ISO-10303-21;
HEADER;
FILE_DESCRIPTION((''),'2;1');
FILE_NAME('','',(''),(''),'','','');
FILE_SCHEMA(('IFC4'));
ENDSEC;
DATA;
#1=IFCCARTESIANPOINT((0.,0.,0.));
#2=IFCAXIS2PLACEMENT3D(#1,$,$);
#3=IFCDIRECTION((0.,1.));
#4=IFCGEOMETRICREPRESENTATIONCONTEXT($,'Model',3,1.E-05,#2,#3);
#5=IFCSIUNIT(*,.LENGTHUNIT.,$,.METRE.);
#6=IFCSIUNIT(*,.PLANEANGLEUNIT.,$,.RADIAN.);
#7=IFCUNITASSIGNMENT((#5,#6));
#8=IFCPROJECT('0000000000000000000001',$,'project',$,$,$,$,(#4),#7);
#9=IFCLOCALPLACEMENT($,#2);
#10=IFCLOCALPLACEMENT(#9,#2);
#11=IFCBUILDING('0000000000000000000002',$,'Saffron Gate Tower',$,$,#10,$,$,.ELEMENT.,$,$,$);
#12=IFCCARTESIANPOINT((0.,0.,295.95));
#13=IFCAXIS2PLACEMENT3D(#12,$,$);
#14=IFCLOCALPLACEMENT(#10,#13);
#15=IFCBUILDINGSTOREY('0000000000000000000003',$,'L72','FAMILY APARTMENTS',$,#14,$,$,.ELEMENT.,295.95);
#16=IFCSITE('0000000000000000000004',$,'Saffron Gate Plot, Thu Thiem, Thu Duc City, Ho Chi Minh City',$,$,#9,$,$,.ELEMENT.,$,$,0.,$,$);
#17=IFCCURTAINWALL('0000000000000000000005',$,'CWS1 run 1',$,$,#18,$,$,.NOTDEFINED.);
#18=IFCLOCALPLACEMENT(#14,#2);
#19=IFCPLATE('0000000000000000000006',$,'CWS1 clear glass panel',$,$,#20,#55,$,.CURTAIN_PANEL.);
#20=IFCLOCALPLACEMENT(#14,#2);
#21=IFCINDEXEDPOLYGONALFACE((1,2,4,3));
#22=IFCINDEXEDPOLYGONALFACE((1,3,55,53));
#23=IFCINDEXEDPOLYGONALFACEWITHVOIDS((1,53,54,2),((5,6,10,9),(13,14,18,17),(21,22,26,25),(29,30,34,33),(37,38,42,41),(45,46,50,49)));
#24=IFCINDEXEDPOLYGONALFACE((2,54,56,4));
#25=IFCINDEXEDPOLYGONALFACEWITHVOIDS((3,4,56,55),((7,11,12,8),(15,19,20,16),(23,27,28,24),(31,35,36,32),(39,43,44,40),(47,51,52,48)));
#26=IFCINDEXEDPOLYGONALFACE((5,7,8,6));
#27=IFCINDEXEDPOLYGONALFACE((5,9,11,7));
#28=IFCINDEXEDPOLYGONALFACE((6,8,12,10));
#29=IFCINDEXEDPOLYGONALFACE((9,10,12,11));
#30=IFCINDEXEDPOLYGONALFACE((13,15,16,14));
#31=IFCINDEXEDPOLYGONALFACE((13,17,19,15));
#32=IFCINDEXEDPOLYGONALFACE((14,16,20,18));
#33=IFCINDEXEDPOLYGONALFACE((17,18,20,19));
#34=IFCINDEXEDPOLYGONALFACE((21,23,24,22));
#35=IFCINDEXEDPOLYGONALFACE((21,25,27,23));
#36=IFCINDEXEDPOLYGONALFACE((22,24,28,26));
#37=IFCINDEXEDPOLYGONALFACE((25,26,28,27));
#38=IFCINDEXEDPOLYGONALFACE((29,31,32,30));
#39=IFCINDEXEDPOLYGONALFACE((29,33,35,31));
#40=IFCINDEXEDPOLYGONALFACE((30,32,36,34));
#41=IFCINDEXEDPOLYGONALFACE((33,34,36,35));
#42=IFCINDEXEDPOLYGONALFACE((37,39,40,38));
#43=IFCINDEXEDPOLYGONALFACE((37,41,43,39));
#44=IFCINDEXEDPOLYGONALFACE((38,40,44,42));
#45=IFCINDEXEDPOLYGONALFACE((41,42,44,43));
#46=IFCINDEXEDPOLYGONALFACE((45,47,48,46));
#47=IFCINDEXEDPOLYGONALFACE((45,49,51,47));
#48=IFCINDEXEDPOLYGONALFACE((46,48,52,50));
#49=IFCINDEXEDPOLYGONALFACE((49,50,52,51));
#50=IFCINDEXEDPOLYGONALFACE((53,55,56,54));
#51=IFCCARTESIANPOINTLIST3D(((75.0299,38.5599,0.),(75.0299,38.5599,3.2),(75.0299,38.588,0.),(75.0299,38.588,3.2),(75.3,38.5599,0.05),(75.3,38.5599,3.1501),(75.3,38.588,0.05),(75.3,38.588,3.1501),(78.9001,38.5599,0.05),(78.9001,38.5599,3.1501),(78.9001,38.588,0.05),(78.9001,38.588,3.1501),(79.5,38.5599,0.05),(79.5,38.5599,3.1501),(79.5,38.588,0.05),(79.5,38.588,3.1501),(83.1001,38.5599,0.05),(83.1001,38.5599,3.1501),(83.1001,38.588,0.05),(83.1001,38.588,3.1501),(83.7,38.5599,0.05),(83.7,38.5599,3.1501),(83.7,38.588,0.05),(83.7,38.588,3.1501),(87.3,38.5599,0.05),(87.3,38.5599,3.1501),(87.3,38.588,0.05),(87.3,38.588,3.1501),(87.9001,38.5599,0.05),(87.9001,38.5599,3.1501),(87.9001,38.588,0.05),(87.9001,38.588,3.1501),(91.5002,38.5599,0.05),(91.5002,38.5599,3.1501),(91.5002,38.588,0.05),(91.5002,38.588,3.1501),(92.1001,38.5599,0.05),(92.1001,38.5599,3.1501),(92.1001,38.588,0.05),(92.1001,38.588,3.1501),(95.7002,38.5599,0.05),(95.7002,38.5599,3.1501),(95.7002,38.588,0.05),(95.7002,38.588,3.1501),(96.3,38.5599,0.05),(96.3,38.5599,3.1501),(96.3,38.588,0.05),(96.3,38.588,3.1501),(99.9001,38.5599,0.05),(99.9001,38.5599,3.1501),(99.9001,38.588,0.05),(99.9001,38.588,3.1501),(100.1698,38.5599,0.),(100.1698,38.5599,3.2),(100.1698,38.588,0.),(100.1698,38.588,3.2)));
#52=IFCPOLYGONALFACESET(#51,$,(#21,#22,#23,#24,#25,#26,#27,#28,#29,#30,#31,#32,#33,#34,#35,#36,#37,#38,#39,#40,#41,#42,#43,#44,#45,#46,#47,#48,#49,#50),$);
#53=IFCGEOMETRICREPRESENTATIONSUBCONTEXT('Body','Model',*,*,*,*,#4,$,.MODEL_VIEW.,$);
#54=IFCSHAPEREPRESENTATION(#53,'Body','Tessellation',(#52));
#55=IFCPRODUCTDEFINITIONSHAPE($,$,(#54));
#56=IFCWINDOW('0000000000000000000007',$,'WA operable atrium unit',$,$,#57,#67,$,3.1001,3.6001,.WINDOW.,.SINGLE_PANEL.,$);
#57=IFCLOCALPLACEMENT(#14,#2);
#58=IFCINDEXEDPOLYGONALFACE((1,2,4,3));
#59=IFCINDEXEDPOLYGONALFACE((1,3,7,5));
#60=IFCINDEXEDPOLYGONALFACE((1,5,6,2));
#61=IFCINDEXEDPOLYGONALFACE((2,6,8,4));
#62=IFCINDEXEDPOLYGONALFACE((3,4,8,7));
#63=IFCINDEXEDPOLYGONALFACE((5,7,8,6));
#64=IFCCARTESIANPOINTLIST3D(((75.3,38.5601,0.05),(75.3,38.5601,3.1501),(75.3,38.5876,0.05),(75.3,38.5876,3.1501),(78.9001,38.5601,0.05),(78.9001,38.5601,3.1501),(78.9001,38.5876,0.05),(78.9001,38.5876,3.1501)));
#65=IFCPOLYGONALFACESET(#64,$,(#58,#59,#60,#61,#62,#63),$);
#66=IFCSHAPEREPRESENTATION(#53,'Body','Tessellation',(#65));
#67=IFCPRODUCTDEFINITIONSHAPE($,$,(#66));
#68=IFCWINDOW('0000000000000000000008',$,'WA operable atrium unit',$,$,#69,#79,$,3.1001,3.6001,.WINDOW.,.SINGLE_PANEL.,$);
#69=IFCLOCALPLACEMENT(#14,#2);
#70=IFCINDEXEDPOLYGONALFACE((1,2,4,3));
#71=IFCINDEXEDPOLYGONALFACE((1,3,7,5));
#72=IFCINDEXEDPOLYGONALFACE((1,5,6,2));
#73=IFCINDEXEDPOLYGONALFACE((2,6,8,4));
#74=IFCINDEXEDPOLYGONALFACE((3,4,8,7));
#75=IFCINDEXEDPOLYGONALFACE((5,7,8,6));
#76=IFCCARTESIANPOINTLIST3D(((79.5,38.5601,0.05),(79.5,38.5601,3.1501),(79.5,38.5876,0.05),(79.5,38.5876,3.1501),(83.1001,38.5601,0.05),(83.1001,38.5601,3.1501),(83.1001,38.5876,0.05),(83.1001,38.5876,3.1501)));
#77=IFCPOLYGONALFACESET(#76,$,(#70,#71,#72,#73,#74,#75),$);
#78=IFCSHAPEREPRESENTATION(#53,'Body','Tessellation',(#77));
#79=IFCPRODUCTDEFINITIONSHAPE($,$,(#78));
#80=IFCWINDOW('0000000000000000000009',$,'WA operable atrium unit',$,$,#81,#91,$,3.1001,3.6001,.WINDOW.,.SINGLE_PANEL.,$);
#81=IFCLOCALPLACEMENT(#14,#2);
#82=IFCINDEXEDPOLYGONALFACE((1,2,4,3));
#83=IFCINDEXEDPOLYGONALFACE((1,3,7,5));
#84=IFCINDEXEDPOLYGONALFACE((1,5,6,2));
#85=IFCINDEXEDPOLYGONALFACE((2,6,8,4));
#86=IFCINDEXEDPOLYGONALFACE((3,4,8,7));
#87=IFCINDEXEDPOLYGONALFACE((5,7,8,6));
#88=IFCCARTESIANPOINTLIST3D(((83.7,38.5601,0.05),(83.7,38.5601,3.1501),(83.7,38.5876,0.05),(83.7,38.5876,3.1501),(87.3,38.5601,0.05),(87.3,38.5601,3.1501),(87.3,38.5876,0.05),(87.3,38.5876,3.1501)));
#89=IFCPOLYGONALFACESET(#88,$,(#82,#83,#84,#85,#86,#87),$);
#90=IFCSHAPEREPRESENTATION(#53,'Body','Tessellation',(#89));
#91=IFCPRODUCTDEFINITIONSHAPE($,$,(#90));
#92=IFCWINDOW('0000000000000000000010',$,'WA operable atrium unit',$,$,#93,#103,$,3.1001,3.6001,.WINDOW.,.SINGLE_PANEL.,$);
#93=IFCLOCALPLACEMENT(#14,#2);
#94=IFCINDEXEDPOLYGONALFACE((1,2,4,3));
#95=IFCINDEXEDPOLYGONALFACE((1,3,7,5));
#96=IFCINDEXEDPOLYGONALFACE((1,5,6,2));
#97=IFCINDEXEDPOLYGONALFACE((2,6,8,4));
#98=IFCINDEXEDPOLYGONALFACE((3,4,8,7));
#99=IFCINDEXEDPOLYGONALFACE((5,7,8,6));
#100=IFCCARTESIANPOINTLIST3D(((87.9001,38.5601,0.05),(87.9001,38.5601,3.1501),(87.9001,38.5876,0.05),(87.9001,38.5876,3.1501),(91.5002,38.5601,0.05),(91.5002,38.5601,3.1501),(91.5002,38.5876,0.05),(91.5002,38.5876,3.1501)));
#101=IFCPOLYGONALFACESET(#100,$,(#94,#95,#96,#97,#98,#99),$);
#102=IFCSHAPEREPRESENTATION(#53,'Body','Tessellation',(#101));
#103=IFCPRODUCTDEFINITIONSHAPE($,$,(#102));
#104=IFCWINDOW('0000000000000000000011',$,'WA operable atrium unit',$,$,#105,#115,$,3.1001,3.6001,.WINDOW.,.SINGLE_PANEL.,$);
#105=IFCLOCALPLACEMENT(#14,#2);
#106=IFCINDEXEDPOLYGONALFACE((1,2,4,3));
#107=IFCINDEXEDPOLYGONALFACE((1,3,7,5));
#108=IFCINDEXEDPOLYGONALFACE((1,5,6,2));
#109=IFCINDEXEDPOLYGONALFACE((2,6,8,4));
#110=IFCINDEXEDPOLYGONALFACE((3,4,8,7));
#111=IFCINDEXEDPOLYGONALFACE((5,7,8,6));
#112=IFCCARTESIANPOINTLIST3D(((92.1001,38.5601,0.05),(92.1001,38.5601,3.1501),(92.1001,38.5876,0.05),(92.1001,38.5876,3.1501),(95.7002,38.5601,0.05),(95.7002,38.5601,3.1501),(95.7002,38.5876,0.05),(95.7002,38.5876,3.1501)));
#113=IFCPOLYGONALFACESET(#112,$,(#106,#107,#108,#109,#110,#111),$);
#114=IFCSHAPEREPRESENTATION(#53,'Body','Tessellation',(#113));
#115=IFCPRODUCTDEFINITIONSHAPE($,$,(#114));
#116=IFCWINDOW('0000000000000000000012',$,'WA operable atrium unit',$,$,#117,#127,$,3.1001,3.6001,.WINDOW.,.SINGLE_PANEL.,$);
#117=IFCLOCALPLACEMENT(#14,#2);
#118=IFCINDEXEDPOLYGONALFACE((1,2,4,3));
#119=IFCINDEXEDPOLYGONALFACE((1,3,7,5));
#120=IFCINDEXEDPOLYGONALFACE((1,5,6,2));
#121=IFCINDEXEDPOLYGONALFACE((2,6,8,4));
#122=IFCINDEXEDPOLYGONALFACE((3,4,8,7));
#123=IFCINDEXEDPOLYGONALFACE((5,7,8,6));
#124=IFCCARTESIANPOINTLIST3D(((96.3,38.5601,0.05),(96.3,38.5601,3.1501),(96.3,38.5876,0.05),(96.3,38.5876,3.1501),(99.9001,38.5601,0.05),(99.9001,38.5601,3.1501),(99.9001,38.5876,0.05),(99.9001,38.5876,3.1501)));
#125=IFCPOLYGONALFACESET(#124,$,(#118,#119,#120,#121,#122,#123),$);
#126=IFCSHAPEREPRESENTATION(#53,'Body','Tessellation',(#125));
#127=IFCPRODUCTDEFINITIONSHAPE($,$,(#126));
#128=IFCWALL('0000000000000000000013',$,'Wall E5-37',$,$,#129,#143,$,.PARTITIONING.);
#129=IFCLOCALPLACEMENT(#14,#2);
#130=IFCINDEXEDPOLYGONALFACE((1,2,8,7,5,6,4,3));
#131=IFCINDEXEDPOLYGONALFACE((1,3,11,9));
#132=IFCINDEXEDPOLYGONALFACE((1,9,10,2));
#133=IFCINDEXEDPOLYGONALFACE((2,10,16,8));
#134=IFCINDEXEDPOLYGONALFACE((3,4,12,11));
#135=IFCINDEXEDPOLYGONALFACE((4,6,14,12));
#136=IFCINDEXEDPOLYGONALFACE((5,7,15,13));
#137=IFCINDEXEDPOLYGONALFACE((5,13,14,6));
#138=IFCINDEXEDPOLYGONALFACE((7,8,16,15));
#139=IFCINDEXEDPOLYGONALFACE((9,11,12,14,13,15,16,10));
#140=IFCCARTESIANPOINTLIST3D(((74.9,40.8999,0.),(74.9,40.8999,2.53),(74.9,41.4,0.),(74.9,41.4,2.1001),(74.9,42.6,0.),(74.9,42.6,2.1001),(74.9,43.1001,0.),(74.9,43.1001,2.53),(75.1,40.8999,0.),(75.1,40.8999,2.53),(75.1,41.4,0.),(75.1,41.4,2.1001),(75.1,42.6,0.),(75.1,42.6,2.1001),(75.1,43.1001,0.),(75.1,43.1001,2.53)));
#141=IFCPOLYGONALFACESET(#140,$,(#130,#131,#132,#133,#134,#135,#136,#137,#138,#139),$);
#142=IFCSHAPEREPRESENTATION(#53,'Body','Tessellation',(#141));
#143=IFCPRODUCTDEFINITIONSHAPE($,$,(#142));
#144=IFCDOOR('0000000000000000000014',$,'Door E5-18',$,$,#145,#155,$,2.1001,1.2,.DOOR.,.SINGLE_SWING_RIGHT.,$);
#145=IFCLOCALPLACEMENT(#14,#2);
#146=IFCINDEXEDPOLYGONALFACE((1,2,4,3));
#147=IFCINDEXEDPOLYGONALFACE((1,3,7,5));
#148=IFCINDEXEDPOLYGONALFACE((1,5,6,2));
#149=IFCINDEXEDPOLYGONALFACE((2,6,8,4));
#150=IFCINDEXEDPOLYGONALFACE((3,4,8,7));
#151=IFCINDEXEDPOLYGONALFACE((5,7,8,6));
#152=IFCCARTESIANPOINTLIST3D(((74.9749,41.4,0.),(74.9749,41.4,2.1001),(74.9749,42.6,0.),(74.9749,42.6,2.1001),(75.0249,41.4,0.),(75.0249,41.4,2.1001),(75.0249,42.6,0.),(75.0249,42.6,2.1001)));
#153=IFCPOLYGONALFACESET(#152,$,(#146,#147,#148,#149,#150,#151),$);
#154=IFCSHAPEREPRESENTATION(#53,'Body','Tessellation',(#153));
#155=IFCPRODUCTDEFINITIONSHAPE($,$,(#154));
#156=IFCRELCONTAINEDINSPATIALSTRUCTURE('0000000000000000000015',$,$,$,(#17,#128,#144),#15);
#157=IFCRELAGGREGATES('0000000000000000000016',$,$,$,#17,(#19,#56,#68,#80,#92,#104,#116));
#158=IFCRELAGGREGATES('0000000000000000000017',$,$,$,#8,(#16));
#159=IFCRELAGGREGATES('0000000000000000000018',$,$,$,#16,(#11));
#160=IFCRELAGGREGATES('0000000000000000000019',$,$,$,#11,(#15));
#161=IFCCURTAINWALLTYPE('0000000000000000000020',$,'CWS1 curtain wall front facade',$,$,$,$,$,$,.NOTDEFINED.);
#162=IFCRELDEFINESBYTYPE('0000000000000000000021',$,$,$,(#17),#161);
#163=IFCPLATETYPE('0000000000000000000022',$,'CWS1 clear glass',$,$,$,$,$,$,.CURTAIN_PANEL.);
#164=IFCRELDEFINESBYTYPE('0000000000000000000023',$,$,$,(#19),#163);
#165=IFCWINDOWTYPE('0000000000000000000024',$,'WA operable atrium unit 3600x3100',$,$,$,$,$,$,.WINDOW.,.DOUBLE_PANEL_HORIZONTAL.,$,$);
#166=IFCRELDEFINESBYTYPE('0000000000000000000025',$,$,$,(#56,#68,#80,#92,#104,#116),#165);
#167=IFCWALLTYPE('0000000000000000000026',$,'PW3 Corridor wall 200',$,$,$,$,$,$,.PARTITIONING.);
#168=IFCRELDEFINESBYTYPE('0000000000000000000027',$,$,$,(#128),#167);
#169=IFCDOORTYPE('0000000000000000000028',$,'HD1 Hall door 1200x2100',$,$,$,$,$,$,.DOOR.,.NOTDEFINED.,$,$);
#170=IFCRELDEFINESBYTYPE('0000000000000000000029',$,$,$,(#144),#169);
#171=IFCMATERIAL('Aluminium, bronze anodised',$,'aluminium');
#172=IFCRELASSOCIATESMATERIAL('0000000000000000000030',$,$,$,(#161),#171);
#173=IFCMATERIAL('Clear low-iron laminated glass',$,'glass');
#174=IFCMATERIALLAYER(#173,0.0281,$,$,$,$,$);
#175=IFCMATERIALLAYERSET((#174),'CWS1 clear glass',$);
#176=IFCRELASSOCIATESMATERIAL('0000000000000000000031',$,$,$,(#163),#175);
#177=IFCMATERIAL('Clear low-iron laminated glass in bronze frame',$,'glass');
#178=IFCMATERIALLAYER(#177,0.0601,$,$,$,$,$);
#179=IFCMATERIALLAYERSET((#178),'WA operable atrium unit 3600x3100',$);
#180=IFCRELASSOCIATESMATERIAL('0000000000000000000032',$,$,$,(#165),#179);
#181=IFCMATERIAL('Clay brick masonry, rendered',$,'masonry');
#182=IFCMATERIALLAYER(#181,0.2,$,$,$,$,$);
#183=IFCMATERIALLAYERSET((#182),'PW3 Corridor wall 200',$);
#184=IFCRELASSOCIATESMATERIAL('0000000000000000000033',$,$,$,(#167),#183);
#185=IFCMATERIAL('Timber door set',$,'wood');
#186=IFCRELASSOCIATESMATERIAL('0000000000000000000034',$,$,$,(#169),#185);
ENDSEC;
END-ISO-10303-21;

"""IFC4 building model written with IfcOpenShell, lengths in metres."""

from ifc_helpers import new_model, si_unit, direction, frame, frame_2d, origin, place, context, subcontext, project, spatial, rectangle, extrude, material, layer, layer_set, type_object, element, fill, aggregate, save


model = new_model("IFC4")

# Units and contexts
model_context = context("Model", 3, precision=1e-05, world=origin(), true_north=direction((0.0, 1.0)))
body_context = subcontext(model_context, "Body", "Model", "MODEL_VIEW")
ifc_project = project(units=[si_unit("LENGTHUNIT", "METRE"), si_unit("PLANEANGLEUNIT", "RADIAN")], contexts=[model_context])

# Site, building, storey
site_placement = place(None, origin())
site = spatial("IfcSite", under=ifc_project, at=site_placement, Name="Saffron Gate Plot, Thu Thiem, Thu Duc City, Ho Chi Minh City", CompositionType="ELEMENT", RefElevation=0.0)
building_placement = place(site_placement, origin())
building = spatial("IfcBuilding", under=site, at=building_placement, Name="Saffron Gate Tower", CompositionType="ELEMENT")
storey_placement = place(building_placement, frame((0.0, 0.0, 295.95)))
storey = spatial("IfcBuildingStorey", under=building, at=storey_placement, Name="L72", Description="FAMILY APARTMENTS", CompositionType="ELEMENT", Elevation=295.95)

# Curtain wall, plate, openings, windows
ifc_material_1 = material(Name="Aluminium, bronze anodised", Category="aluminium")
curtain_wall_type = type_object("IfcCurtainWallType", Name="CWS1 curtain wall front facade", PredefinedType="NOTDEFINED", material=ifc_material_1)
curtain_wall_placement = place(storey_placement, origin())
curtain_wall = element("IfcCurtainWall", 1, at=curtain_wall_placement, inside=storey, type_object=curtain_wall_type, Name="CWS1 run 1", PredefinedType="NOTDEFINED")
ifc_material_2 = material(Name="Clear low-iron laminated glass", Category="glass")
ifc_layer_1 = layer(ifc_material_2, 0.0281)
ifc_layer_set_1 = layer_set([ifc_layer_1], Name="CWS1 clear glass")
plate_type = type_object("IfcPlateType", Name="CWS1 clear glass", PredefinedType="CURTAIN_PANEL", material=ifc_layer_set_1)
plate_placement = place(storey_placement, frame((75.03, 38.574, 0.0), z_axis=(0.0, 0.0, 1.0), x_axis=(1.0, 0.0, 0.0)))
plate = element("IfcPlate", 2, at=plate_placement, type_object=plate_type, Name="CWS1 clear glass panel", PredefinedType="CURTAIN_PANEL", context=body_context, shape_type="SweptSolid", body=[
    extrude(rectangle(XDim=25.1399, YDim=0.0281, at=frame_2d((12.5698, 0.0))), origin(), (0.0, 0.0, 1.0), 3.2),
])
opening_1_placement = place(plate_placement, frame((0.27, 0.0, 0.05)))
opening_1 = element("IfcOpeningElement", 3, at=opening_1_placement, cuts=plate, PredefinedType="OPENING", context=body_context, shape_type="SweptSolid", body=[
    extrude(rectangle(XDim=3.6001, YDim=3.1001, at=frame_2d((1.8, 1.55))), frame((0.0, 0.0239, 0.0), z_axis=(0.0, -1.0, 0.0), x_axis=(1.0, 0.0, 0.0)), (0.0, 0.0, 1.0), 0.0481),
])
opening_2_placement = place(plate_placement, frame((4.47, 0.0, 0.05)))
opening_2 = element("IfcOpeningElement", 4, at=opening_2_placement, cuts=plate, PredefinedType="OPENING", context=body_context, shape_type="SweptSolid", body=[
    extrude(rectangle(XDim=3.6001, YDim=3.1001, at=frame_2d((1.8, 1.55))), frame((0.0, 0.0239, 0.0), z_axis=(0.0, -1.0, 0.0), x_axis=(1.0, 0.0, 0.0)), (0.0, 0.0, 1.0), 0.0481),
])
opening_3_placement = place(plate_placement, frame((8.6699, 0.0, 0.05)))
opening_3 = element("IfcOpeningElement", 5, at=opening_3_placement, cuts=plate, PredefinedType="OPENING", context=body_context, shape_type="SweptSolid", body=[
    extrude(rectangle(XDim=3.6001, YDim=3.1001, at=frame_2d((1.8, 1.55))), frame((0.0, 0.0239, 0.0), z_axis=(0.0, -1.0, 0.0), x_axis=(1.0, 0.0, 0.0)), (0.0, 0.0, 1.0), 0.0481),
])
opening_4_placement = place(plate_placement, frame((12.8701, 0.0, 0.05)))
opening_4 = element("IfcOpeningElement", 6, at=opening_4_placement, cuts=plate, PredefinedType="OPENING", context=body_context, shape_type="SweptSolid", body=[
    extrude(rectangle(XDim=3.6001, YDim=3.1001, at=frame_2d((1.8, 1.55))), frame((0.0, 0.0239, 0.0), z_axis=(0.0, -1.0, 0.0), x_axis=(1.0, 0.0, 0.0)), (0.0, 0.0, 1.0), 0.0481),
])
opening_5_placement = place(plate_placement, frame((17.0701, 0.0, 0.05)))
opening_5 = element("IfcOpeningElement", 7, at=opening_5_placement, cuts=plate, PredefinedType="OPENING", context=body_context, shape_type="SweptSolid", body=[
    extrude(rectangle(XDim=3.6001, YDim=3.1001, at=frame_2d((1.8, 1.55))), frame((0.0, 0.0239, 0.0), z_axis=(0.0, -1.0, 0.0), x_axis=(1.0, 0.0, 0.0)), (0.0, 0.0, 1.0), 0.0481),
])
opening_6_placement = place(plate_placement, frame((21.27, 0.0, 0.05)))
opening_6 = element("IfcOpeningElement", 8, at=opening_6_placement, cuts=plate, PredefinedType="OPENING", context=body_context, shape_type="SweptSolid", body=[
    extrude(rectangle(XDim=3.6001, YDim=3.1001, at=frame_2d((1.8, 1.55))), frame((0.0, 0.0239, 0.0), z_axis=(0.0, -1.0, 0.0), x_axis=(1.0, 0.0, 0.0)), (0.0, 0.0, 1.0), 0.0481),
])
ifc_material_3 = material(Name="Clear low-iron laminated glass in bronze frame", Category="glass")
ifc_layer_2 = layer(ifc_material_3, 0.0601)
ifc_layer_set_2 = layer_set([ifc_layer_2], Name="WA operable atrium unit 3600x3100")
window_type = type_object("IfcWindowType", Name="WA operable atrium unit 3600x3100", PartitioningType="DOUBLE_PANEL_HORIZONTAL", PredefinedType="WINDOW", material=ifc_layer_set_2)
window_1_placement = place(opening_1_placement, origin())
window_1 = element("IfcWindow", 9, at=window_1_placement, type_object=window_type, Name="WA operable atrium unit", OverallHeight=3.1001, OverallWidth=3.6001, PartitioningType="SINGLE_PANEL", PredefinedType="WINDOW", context=body_context, shape_type="SweptSolid", body=[
    extrude(rectangle(XDim=3.6001, YDim=3.1001, at=frame_2d((1.8, 1.55))), frame((0.0, 0.0137, 0.0), z_axis=(0.0, -1.0, 0.0), x_axis=(1.0, 0.0, 0.0)), (0.0, 0.0, 1.0), 0.0276),
])
fill(opening_1, window_1)
window_2_placement = place(opening_2_placement, origin())
window_2 = element("IfcWindow", 10, at=window_2_placement, type_object=window_type, Name="WA operable atrium unit", OverallHeight=3.1001, OverallWidth=3.6001, PartitioningType="SINGLE_PANEL", PredefinedType="WINDOW", context=body_context, shape_type="SweptSolid", body=[
    extrude(rectangle(XDim=3.6001, YDim=3.1001, at=frame_2d((1.8, 1.55))), frame((0.0, 0.0137, 0.0), z_axis=(0.0, -1.0, 0.0), x_axis=(1.0, 0.0, 0.0)), (0.0, 0.0, 1.0), 0.0276),
])
fill(opening_2, window_2)
window_3_placement = place(opening_3_placement, origin())
window_3 = element("IfcWindow", 11, at=window_3_placement, type_object=window_type, Name="WA operable atrium unit", OverallHeight=3.1001, OverallWidth=3.6001, PartitioningType="SINGLE_PANEL", PredefinedType="WINDOW", context=body_context, shape_type="SweptSolid", body=[
    extrude(rectangle(XDim=3.6001, YDim=3.1001, at=frame_2d((1.8, 1.55))), frame((0.0, 0.0137, 0.0), z_axis=(0.0, -1.0, 0.0), x_axis=(1.0, 0.0, 0.0)), (0.0, 0.0, 1.0), 0.0276),
])
fill(opening_3, window_3)
window_4_placement = place(opening_4_placement, origin())
window_4 = element("IfcWindow", 12, at=window_4_placement, type_object=window_type, Name="WA operable atrium unit", OverallHeight=3.1001, OverallWidth=3.6001, PartitioningType="SINGLE_PANEL", PredefinedType="WINDOW", context=body_context, shape_type="SweptSolid", body=[
    extrude(rectangle(XDim=3.6001, YDim=3.1001, at=frame_2d((1.8, 1.55))), frame((0.0, 0.0137, 0.0), z_axis=(0.0, -1.0, 0.0), x_axis=(1.0, 0.0, 0.0)), (0.0, 0.0, 1.0), 0.0276),
])
fill(opening_4, window_4)
window_5_placement = place(opening_5_placement, origin())
window_5 = element("IfcWindow", 13, at=window_5_placement, type_object=window_type, Name="WA operable atrium unit", OverallHeight=3.1001, OverallWidth=3.6001, PartitioningType="SINGLE_PANEL", PredefinedType="WINDOW", context=body_context, shape_type="SweptSolid", body=[
    extrude(rectangle(XDim=3.6001, YDim=3.1001, at=frame_2d((1.8, 1.55))), frame((0.0, 0.0137, 0.0), z_axis=(0.0, -1.0, 0.0), x_axis=(1.0, 0.0, 0.0)), (0.0, 0.0, 1.0), 0.0276),
])
fill(opening_5, window_5)
window_6_placement = place(opening_6_placement, origin())
window_6 = element("IfcWindow", 14, at=window_6_placement, type_object=window_type, Name="WA operable atrium unit", OverallHeight=3.1001, OverallWidth=3.6001, PartitioningType="SINGLE_PANEL", PredefinedType="WINDOW", context=body_context, shape_type="SweptSolid", body=[
    extrude(rectangle(XDim=3.6001, YDim=3.1001, at=frame_2d((1.8, 1.55))), frame((0.0, 0.0137, 0.0), z_axis=(0.0, -1.0, 0.0), x_axis=(1.0, 0.0, 0.0)), (0.0, 0.0, 1.0), 0.0276),
])
fill(opening_6, window_6)
aggregate(curtain_wall, [plate, window_1, window_2, window_3, window_4, window_5, window_6])

# Wall, opening, door
ifc_material_4 = material(Name="Clay brick masonry, rendered", Category="masonry")
ifc_layer_3 = layer(ifc_material_4, 0.2)
ifc_layer_set_3 = layer_set([ifc_layer_3], Name="PW3 Corridor wall 200")
wall_type = type_object("IfcWallType", Name="PW3 Corridor wall 200", PredefinedType="PARTITIONING", material=ifc_layer_set_3)
wall_placement = place(storey_placement, frame((75.0, 43.1001, 0.0), z_axis=(0.0, 0.0, 1.0), x_axis=(0.0, -1.0, 0.0)))
wall = element("IfcWall", 15, at=wall_placement, inside=storey, type_object=wall_type, Name="Wall E5-37", PredefinedType="PARTITIONING", context=body_context, shape_type="SweptSolid", body=[
    extrude(rectangle(XDim=2.2002, YDim=0.2, at=frame_2d((1.1001, 0.0))), origin(), (0.0, 0.0, 1.0), 2.53),
])
opening_7_placement = place(wall_placement, frame((0.5, 0.0, 0.0)))
opening_7 = element("IfcOpeningElement", 16, at=opening_7_placement, cuts=wall, PredefinedType="OPENING", context=body_context, shape_type="SweptSolid", body=[
    extrude(rectangle(XDim=1.2, YDim=2.1001, at=frame_2d((0.6001, 1.05))), frame((0.0, 0.1099, 0.0), z_axis=(0.0, -1.0, 0.0), x_axis=(1.0, 0.0, 0.0)), (0.0, 0.0, 1.0), 0.22),
])
ifc_material_5 = material(Name="Timber door set", Category="wood")
door_type = type_object("IfcDoorType", Name="HD1 Hall door 1200x2100", OperationType="NOTDEFINED", PredefinedType="DOOR", material=ifc_material_5)
door_placement = place(opening_7_placement, origin())
door = element("IfcDoor", 17, at=door_placement, inside=storey, type_object=door_type, Name="Door E5-18", OperationType="SINGLE_SWING_RIGHT", OverallHeight=2.1001, OverallWidth=1.2, PredefinedType="DOOR", context=body_context, shape_type="SweptSolid", body=[
    extrude(rectangle(XDim=1.2, YDim=2.1001, at=frame_2d((0.6001, 1.05))), frame((0.0, 0.0249, 0.0), z_axis=(0.0, -1.0, 0.0), x_axis=(1.0, 0.0, 0.0)), (0.0, 0.0, 1.0), 0.05),
])
fill(opening_7, door)

save(model, "model.ifc")
